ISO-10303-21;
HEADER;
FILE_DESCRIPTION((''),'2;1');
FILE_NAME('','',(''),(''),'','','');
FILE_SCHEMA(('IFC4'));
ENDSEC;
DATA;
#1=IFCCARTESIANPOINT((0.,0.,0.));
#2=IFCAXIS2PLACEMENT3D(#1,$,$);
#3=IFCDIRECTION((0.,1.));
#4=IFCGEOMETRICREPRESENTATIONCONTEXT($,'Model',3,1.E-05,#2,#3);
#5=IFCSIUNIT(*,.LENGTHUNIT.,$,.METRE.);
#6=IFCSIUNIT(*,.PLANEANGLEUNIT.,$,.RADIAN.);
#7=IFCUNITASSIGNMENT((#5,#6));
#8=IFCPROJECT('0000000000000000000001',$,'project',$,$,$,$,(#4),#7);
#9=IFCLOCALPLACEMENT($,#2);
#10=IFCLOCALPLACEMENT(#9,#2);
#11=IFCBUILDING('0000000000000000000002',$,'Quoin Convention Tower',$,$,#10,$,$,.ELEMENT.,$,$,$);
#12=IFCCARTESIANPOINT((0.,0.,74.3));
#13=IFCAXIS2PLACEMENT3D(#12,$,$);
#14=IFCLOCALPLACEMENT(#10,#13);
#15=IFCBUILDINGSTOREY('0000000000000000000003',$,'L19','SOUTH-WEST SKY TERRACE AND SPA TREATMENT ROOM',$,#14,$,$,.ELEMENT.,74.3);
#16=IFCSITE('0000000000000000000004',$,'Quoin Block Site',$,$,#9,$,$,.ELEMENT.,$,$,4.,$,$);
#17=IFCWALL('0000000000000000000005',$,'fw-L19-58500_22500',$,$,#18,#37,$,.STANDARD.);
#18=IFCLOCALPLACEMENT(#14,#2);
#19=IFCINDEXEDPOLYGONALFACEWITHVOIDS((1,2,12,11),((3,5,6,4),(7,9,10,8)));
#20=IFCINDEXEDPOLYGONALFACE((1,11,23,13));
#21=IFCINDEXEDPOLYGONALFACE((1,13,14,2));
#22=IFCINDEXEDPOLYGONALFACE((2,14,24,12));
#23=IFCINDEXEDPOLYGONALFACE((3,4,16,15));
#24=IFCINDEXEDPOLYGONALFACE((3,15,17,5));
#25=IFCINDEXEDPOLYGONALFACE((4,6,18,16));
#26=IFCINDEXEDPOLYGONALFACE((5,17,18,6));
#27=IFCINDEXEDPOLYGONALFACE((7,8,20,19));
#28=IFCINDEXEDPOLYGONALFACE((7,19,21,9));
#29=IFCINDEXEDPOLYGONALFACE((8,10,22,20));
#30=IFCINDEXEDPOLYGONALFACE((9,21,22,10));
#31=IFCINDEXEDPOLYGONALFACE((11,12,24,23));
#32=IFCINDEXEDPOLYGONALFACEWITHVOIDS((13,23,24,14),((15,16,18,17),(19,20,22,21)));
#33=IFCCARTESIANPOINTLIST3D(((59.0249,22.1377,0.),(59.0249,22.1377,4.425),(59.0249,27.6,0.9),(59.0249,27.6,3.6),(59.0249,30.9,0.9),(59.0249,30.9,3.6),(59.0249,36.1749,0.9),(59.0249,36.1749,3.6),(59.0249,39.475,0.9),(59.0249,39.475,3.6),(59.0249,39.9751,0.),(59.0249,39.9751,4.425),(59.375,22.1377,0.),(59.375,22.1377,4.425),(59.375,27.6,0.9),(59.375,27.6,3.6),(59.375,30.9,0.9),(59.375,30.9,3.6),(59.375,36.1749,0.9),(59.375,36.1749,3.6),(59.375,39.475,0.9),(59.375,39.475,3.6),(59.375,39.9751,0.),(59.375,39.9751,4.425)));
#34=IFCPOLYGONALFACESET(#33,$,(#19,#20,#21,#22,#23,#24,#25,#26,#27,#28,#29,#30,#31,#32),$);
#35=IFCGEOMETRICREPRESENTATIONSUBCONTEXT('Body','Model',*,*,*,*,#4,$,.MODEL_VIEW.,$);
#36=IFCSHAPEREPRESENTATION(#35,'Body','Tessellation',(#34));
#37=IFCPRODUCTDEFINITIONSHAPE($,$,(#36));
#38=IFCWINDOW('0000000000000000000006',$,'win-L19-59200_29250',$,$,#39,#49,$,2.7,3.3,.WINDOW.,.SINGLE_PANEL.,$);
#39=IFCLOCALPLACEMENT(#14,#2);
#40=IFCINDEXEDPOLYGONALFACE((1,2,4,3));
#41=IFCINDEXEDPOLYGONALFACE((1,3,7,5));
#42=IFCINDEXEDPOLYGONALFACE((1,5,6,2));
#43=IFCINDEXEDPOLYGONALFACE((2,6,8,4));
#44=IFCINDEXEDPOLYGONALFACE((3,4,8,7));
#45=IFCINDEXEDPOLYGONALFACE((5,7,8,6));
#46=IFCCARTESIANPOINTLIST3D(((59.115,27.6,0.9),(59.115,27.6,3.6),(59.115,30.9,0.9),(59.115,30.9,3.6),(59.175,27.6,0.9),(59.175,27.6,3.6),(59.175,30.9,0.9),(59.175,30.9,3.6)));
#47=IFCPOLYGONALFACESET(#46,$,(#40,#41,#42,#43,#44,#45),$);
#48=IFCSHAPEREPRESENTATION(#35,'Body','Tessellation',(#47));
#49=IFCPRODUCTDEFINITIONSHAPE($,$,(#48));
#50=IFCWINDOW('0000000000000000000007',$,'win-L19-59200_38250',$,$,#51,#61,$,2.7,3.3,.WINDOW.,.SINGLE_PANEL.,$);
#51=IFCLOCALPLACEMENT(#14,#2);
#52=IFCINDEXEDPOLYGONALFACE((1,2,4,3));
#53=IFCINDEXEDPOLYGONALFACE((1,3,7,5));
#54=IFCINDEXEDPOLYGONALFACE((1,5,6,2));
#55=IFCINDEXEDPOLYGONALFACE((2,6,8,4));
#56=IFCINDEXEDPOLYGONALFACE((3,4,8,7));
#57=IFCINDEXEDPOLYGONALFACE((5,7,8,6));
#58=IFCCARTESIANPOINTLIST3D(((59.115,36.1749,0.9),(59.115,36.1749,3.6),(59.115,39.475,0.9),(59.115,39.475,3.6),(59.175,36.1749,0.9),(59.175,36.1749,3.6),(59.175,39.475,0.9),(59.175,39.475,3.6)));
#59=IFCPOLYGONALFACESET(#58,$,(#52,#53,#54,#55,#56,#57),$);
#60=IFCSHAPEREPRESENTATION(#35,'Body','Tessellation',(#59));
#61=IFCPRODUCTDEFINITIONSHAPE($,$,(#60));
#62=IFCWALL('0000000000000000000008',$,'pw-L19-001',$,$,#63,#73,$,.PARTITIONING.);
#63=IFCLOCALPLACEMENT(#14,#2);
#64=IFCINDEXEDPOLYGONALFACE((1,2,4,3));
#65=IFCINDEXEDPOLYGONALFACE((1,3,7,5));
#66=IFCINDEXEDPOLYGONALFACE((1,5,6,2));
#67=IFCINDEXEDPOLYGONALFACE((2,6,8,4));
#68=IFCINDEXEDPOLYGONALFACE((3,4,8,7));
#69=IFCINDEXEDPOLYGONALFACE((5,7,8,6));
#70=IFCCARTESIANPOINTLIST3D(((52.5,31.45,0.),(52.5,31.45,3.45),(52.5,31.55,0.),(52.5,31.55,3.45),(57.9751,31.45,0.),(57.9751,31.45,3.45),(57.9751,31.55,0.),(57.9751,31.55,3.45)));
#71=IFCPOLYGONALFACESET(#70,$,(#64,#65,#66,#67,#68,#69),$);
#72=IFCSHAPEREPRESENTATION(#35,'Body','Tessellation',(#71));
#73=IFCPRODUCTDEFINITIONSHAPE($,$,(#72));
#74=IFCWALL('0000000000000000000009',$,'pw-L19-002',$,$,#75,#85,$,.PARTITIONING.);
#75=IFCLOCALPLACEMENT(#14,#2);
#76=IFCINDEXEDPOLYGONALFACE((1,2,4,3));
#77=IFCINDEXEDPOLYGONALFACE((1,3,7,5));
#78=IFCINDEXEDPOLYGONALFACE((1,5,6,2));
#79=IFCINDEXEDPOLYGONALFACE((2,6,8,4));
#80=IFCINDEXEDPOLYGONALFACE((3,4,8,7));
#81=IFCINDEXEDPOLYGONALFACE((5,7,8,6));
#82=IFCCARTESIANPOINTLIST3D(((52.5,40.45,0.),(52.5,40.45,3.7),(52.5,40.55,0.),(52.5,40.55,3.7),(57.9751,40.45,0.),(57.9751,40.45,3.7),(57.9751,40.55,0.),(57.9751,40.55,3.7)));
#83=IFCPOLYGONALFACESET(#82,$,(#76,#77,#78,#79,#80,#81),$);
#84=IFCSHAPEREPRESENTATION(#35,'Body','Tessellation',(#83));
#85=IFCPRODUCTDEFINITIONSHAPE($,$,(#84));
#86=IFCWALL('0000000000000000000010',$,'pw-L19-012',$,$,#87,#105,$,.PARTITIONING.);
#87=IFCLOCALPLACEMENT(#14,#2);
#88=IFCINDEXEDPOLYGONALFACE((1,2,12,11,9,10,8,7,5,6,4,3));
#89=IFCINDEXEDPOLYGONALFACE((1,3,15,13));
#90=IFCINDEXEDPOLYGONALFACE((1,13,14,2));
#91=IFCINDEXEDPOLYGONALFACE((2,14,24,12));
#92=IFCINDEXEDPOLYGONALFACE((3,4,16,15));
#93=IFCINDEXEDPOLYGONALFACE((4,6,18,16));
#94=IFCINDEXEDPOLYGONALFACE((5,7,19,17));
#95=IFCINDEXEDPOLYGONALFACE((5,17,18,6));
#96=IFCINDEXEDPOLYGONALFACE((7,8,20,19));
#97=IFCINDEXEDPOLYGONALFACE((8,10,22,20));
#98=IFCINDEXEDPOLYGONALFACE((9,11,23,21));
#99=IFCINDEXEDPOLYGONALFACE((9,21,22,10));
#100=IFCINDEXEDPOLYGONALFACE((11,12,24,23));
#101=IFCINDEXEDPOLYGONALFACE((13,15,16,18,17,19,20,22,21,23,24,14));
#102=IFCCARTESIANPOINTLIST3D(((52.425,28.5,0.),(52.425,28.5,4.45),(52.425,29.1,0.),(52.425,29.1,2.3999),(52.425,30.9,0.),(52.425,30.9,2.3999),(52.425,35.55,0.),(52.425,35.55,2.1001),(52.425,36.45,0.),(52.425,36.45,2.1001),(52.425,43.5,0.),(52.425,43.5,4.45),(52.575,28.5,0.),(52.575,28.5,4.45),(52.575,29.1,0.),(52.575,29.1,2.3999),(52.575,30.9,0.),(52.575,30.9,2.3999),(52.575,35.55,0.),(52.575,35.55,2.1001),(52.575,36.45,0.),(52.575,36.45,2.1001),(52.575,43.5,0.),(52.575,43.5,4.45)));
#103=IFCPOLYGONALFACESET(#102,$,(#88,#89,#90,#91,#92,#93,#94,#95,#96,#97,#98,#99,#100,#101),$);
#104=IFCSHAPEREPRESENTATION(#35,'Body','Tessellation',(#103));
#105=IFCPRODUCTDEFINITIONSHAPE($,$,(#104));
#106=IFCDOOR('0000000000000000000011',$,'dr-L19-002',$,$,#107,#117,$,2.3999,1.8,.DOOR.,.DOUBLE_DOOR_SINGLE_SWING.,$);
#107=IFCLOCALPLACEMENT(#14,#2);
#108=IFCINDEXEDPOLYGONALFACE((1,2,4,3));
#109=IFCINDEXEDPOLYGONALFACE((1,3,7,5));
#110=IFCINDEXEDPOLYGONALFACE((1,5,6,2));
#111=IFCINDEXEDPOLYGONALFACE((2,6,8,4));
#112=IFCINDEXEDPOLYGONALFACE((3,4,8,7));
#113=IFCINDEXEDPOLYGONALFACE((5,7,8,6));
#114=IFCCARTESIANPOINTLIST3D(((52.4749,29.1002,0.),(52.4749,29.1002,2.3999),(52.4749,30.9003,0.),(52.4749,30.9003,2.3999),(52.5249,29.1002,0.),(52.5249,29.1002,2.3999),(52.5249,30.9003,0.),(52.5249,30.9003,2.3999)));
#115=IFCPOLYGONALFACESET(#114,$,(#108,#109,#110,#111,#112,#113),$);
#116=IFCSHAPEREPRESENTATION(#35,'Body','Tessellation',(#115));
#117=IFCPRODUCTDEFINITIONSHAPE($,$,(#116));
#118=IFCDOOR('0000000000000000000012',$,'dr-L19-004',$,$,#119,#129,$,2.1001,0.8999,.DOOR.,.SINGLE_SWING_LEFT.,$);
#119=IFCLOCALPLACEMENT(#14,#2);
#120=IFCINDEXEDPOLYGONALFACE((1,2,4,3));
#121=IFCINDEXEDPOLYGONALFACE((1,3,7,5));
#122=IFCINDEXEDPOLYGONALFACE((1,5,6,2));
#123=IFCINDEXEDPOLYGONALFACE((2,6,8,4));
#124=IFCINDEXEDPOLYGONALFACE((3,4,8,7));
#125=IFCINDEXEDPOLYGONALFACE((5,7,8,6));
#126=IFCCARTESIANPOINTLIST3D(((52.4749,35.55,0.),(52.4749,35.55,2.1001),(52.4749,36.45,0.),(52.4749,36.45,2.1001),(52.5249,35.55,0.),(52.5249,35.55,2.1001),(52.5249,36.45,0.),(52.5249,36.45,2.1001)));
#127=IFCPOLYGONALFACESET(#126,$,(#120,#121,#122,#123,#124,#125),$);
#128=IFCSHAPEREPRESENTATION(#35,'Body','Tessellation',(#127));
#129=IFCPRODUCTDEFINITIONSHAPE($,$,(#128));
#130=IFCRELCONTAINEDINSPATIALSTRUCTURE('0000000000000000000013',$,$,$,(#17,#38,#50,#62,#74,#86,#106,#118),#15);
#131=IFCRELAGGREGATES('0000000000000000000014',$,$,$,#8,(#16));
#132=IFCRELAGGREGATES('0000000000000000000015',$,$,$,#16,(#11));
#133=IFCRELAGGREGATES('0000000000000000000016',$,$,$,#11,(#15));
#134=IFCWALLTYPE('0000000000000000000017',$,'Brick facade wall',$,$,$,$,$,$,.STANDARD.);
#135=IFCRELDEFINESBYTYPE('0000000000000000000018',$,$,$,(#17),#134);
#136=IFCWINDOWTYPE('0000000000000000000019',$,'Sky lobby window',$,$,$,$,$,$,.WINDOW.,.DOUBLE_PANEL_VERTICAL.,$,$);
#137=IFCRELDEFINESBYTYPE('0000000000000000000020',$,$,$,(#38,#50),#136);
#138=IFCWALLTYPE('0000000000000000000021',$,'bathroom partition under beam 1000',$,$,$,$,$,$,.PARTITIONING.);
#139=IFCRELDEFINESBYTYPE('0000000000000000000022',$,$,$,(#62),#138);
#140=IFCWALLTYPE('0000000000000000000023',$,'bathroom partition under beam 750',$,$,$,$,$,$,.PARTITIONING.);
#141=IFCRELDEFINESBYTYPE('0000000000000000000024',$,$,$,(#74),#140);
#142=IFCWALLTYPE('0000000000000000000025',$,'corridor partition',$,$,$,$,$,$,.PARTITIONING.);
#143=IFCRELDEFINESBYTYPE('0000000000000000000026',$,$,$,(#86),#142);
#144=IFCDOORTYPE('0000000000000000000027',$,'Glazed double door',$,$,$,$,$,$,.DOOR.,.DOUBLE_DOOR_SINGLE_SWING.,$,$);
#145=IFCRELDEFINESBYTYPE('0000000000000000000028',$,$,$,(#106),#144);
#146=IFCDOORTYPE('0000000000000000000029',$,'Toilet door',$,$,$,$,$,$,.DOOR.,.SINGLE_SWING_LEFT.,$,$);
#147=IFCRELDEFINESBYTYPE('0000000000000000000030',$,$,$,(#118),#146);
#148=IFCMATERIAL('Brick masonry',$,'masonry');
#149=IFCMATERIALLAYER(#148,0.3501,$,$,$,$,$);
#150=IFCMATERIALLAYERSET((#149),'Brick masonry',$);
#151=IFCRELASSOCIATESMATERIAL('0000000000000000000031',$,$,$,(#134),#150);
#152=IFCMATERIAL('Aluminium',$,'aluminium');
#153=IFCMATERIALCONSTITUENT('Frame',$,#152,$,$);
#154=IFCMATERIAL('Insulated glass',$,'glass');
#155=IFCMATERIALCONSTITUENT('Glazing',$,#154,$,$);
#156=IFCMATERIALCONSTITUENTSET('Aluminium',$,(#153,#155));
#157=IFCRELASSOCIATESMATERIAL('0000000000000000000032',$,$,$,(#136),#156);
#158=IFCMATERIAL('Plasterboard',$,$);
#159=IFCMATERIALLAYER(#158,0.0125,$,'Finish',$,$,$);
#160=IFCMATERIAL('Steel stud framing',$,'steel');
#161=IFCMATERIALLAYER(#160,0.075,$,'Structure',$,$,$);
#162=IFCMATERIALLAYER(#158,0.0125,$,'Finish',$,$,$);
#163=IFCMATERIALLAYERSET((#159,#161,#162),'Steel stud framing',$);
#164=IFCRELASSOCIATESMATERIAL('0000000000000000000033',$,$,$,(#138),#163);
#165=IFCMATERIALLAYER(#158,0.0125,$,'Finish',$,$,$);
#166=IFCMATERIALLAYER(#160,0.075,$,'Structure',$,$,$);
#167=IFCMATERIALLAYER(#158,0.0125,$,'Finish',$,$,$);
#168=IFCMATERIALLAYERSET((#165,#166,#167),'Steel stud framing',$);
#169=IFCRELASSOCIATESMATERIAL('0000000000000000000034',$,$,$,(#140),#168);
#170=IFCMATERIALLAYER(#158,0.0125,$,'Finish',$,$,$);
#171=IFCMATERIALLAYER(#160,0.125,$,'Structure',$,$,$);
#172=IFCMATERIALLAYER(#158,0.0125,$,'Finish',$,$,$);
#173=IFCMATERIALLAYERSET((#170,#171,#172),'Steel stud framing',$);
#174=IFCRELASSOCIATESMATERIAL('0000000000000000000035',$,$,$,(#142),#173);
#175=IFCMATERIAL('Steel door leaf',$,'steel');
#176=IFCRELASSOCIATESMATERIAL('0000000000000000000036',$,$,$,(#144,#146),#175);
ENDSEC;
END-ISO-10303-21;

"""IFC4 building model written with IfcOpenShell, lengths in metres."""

from ifc_helpers import new_model, si_unit, direction, frame, frame_2d, origin, place, context, subcontext, project, spatial, rectangle, extrude, material, layer, layer_set, constituent, constituent_set, type_object, element, fill, save


model = new_model("IFC4")

# Units and contexts
model_context = context("Model", 3, precision=1e-05, world=origin(), true_north=direction((0.0, 1.0)))
body_context = subcontext(model_context, "Body", "Model", "MODEL_VIEW")
ifc_project = project(units=[si_unit("LENGTHUNIT", "METRE"), si_unit("PLANEANGLEUNIT", "RADIAN")], contexts=[model_context])

# Site, building, storey
site_placement = place(None, origin())
site = spatial("IfcSite", under=ifc_project, at=site_placement, Name="Quoin Block Site", CompositionType="ELEMENT", RefElevation=4.0)
building_placement = place(site_placement, origin())
building = spatial("IfcBuilding", under=site, at=building_placement, Name="Quoin Convention Tower", CompositionType="ELEMENT")
storey_placement = place(building_placement, frame((0.0, 0.0, 74.3)))
storey = spatial("IfcBuildingStorey", under=building, at=storey_placement, Name="L19", Description="SOUTH-WEST SKY TERRACE AND SPA TREATMENT ROOM", CompositionType="ELEMENT", Elevation=74.3)

# Shared definitions
ifc_material_1 = material(Name="Brick masonry", Category="masonry")
ifc_layer_1 = layer(ifc_material_1, 0.3501)
ifc_layer_set_1 = layer_set([ifc_layer_1], Name="Brick masonry")
wall_type_1 = type_object("IfcWallType", Name="Brick facade wall", PredefinedType="STANDARD", material=ifc_layer_set_1)
ifc_material_2 = material(Name="Aluminium", Category="aluminium")
ifc_constituent_1 = constituent(ifc_material_2, Name="Frame")
ifc_material_3 = material(Name="Insulated glass", Category="glass")
ifc_constituent_2 = constituent(ifc_material_3, Name="Glazing")
ifc_constituent_set = constituent_set(constituents=[ifc_constituent_1, ifc_constituent_2], Name="Aluminium")
window_type = type_object("IfcWindowType", Name="Sky lobby window", PartitioningType="DOUBLE_PANEL_VERTICAL", PredefinedType="WINDOW", material=ifc_constituent_set)

# Wall, openings, windows
wall_1_placement = place(storey_placement, frame((59.2, 22.1377, 0.0), z_axis=(0.0, 0.0, 1.0), x_axis=(0.0, 1.0, 0.0)))
wall_1 = element("IfcWall", 1, at=wall_1_placement, inside=storey, type_object=wall_type_1, Name="fw-L19-58500_22500", PredefinedType="STANDARD", context=body_context, shape_type="SweptSolid", body=[
    extrude(rectangle(XDim=17.8374, YDim=0.3501, at=frame_2d((8.9187, 0.0))), origin(), (0.0, 0.0, 1.0), 4.425),
])
opening_1_placement = place(wall_1_placement, frame((5.4624, 0.0, 0.8999)))
opening_1 = element("IfcOpeningElement", 2, at=opening_1_placement, cuts=wall_1, PredefinedType="OPENING", context=body_context, shape_type="SweptSolid", body=[
    extrude(rectangle(XDim=3.3, YDim=2.7, at=frame_2d((1.6499, 1.3501))), frame((0.0, 0.1851, 0.0), z_axis=(0.0, -1.0, 0.0), x_axis=(1.0, 0.0, 0.0)), (0.0, 0.0, 1.0), 0.3701),
])
opening_2_placement = place(wall_1_placement, frame((14.0374, 0.0, 0.8999)))
opening_2 = element("IfcOpeningElement", 3, at=opening_2_placement, cuts=wall_1, PredefinedType="OPENING", context=body_context, shape_type="SweptSolid", body=[
    extrude(rectangle(XDim=3.3, YDim=2.7, at=frame_2d((1.6499, 1.3501))), frame((0.0, 0.1851, 0.0), z_axis=(0.0, -1.0, 0.0), x_axis=(1.0, 0.0, 0.0)), (0.0, 0.0, 1.0), 0.3701),
])
window_1_placement = place(opening_1_placement, origin())
window_1 = element("IfcWindow", 4, at=window_1_placement, inside=storey, type_object=window_type, Name="win-L19-59200_29250", OverallHeight=2.7, OverallWidth=3.3, PartitioningType="SINGLE_PANEL", PredefinedType="WINDOW", context=body_context, shape_type="SweptSolid", body=[
    extrude(rectangle(XDim=3.3, YDim=2.7, at=frame_2d((1.6499, 1.3501))), frame((0.0, 0.085, 0.0), z_axis=(0.0, -1.0, 0.0), x_axis=(1.0, 0.0, 0.0)), (0.0, 0.0, 1.0), 0.0601),
])
fill(opening_1, window_1)
window_2_placement = place(opening_2_placement, origin())
window_2 = element("IfcWindow", 5, at=window_2_placement, inside=storey, type_object=window_type, Name="win-L19-59200_38250", OverallHeight=2.7, OverallWidth=3.3, PartitioningType="SINGLE_PANEL", PredefinedType="WINDOW", context=body_context, shape_type="SweptSolid", body=[
    extrude(rectangle(XDim=3.3, YDim=2.7, at=frame_2d((1.6499, 1.3501))), frame((0.0, 0.085, 0.0), z_axis=(0.0, -1.0, 0.0), x_axis=(1.0, 0.0, 0.0)), (0.0, 0.0, 1.0), 0.0601),
])
fill(opening_2, window_2)

# Walls
ifc_material_4 = material(Name="Plasterboard")
ifc_layer_2 = layer(ifc_material_4, 0.0125, Name="Finish")
ifc_material_5 = material(Name="Steel stud framing", Category="steel")
ifc_layer_3 = layer(ifc_material_5, 0.075, Name="Structure")
ifc_layer_4 = layer(ifc_material_4, 0.0125, Name="Finish")
ifc_layer_set_2 = layer_set([ifc_layer_2, ifc_layer_3, ifc_layer_4], Name="Steel stud framing")
wall_type_2 = type_object("IfcWallType", Name="bathroom partition under beam 1000", PredefinedType="PARTITIONING", material=ifc_layer_set_2)
wall_2_placement = place(storey_placement, frame((52.5, 31.5, 0.0), z_axis=(0.0, 0.0, 1.0), x_axis=(1.0, 0.0, 0.0)))
element("IfcWall", 6, at=wall_2_placement, inside=storey, type_object=wall_type_2, Name="pw-L19-001", PredefinedType="PARTITIONING", context=body_context, shape_type="SweptSolid", body=[
    extrude(rectangle(XDim=5.4751, YDim=0.1001, at=frame_2d((2.7375, 0.0))), origin(), (0.0, 0.0, 1.0), 3.45),
])
ifc_layer_5 = layer(ifc_material_4, 0.0125, Name="Finish")
ifc_layer_6 = layer(ifc_material_5, 0.075, Name="Structure")
ifc_layer_7 = layer(ifc_material_4, 0.0125, Name="Finish")
ifc_layer_set_3 = layer_set([ifc_layer_5, ifc_layer_6, ifc_layer_7], Name="Steel stud framing")
wall_type_3 = type_object("IfcWallType", Name="bathroom partition under beam 750", PredefinedType="PARTITIONING", material=ifc_layer_set_3)
wall_3_placement = place(storey_placement, frame((52.5, 40.5, 0.0), z_axis=(0.0, 0.0, 1.0), x_axis=(1.0, 0.0, 0.0)))
element("IfcWall", 7, at=wall_3_placement, inside=storey, type_object=wall_type_3, Name="pw-L19-002", PredefinedType="PARTITIONING", context=body_context, shape_type="SweptSolid", body=[
    extrude(rectangle(XDim=5.4751, YDim=0.1001, at=frame_2d((2.7375, 0.0))), origin(), (0.0, 0.0, 1.0), 3.7),
])

# Wall, openings, doors
ifc_layer_8 = layer(ifc_material_4, 0.0125, Name="Finish")
ifc_layer_9 = layer(ifc_material_5, 0.125, Name="Structure")
ifc_layer_10 = layer(ifc_material_4, 0.0125, Name="Finish")
ifc_layer_set_4 = layer_set([ifc_layer_8, ifc_layer_9, ifc_layer_10], Name="Steel stud framing")
wall_type_4 = type_object("IfcWallType", Name="corridor partition", PredefinedType="PARTITIONING", material=ifc_layer_set_4)
wall_4_placement = place(storey_placement, frame((52.5, 28.5, 0.0), z_axis=(0.0, 0.0, 1.0), x_axis=(0.0, 1.0, 0.0)))
wall_4 = element("IfcWall", 8, at=wall_4_placement, inside=storey, type_object=wall_type_4, Name="pw-L19-012", PredefinedType="PARTITIONING", context=body_context, shape_type="SweptSolid", body=[
    extrude(rectangle(XDim=15.0, YDim=0.1499, at=frame_2d((7.5, 0.0))), origin(), (0.0, 0.0, 1.0), 4.45),
])
opening_3_placement = place(wall_4_placement, frame((0.6001, 0.0, 0.0)))
opening_3 = element("IfcOpeningElement", 9, at=opening_3_placement, cuts=wall_4, PredefinedType="OPENING", context=body_context, shape_type="SweptSolid", body=[
    extrude(rectangle(XDim=1.8, YDim=2.3999, at=frame_2d((0.8999, 1.2))), frame((0.0, 0.085, 0.0), z_axis=(0.0, -1.0, 0.0), x_axis=(1.0, 0.0, 0.0)), (0.0, 0.0, 1.0), 0.1699),
])
opening_4_placement = place(wall_4_placement, frame((7.05, 0.0, 0.0)))
opening_4 = element("IfcOpeningElement", 10, at=opening_4_placement, cuts=wall_4, PredefinedType="OPENING", context=body_context, shape_type="SweptSolid", body=[
    extrude(rectangle(XDim=0.8999, YDim=2.1001, at=frame_2d((0.45, 1.05))), frame((0.0, 0.085, 0.0), z_axis=(0.0, -1.0, 0.0), x_axis=(1.0, 0.0, 0.0)), (0.0, 0.0, 1.0), 0.1699),
])
ifc_material_6 = material(Name="Steel door leaf", Category="steel")
door_type_1 = type_object("IfcDoorType", Name="Glazed double door", OperationType="DOUBLE_DOOR_SINGLE_SWING", PredefinedType="DOOR", material=ifc_material_6)
door_1_placement = place(opening_3_placement, frame((1.8, 0.0, 0.0), z_axis=(0.0, 0.0, 1.0), x_axis=(-1.0, 0.0, 0.0)))
door_1 = element("IfcDoor", 11, at=door_1_placement, inside=storey, type_object=door_type_1, Name="dr-L19-002", OperationType="DOUBLE_DOOR_SINGLE_SWING", OverallHeight=2.3999, OverallWidth=1.8, PredefinedType="DOOR", context=body_context, shape_type="SweptSolid", body=[
    extrude(rectangle(XDim=1.8, YDim=2.3999, at=frame_2d((0.8999, 1.2))), frame((0.0, 0.0249, 0.0), z_axis=(0.0, -1.0, 0.0), x_axis=(1.0, 0.0, 0.0)), (0.0, 0.0, 1.0), 0.05),
])
fill(opening_3, door_1)
door_type_2 = type_object("IfcDoorType", Name="Toilet door", OperationType="SINGLE_SWING_LEFT", PredefinedType="DOOR", material=ifc_material_6)
door_2_placement = place(opening_4_placement, frame((0.8999, 0.0, 0.0), z_axis=(0.0, 0.0, 1.0), x_axis=(-1.0, 0.0, 0.0)))
door_2 = element("IfcDoor", 12, at=door_2_placement, inside=storey, type_object=door_type_2, Name="dr-L19-004", OperationType="SINGLE_SWING_LEFT", OverallHeight=2.1001, OverallWidth=0.8999, PredefinedType="DOOR", context=body_context, shape_type="SweptSolid", body=[
    extrude(rectangle(XDim=0.8999, YDim=2.1001, at=frame_2d((0.45, 1.05))), frame((0.0, 0.0249, 0.0), z_axis=(0.0, -1.0, 0.0), x_axis=(1.0, 0.0, 0.0)), (0.0, 0.0, 1.0), 0.05),
])
fill(opening_4, door_2)

save(model, "model.ifc")
